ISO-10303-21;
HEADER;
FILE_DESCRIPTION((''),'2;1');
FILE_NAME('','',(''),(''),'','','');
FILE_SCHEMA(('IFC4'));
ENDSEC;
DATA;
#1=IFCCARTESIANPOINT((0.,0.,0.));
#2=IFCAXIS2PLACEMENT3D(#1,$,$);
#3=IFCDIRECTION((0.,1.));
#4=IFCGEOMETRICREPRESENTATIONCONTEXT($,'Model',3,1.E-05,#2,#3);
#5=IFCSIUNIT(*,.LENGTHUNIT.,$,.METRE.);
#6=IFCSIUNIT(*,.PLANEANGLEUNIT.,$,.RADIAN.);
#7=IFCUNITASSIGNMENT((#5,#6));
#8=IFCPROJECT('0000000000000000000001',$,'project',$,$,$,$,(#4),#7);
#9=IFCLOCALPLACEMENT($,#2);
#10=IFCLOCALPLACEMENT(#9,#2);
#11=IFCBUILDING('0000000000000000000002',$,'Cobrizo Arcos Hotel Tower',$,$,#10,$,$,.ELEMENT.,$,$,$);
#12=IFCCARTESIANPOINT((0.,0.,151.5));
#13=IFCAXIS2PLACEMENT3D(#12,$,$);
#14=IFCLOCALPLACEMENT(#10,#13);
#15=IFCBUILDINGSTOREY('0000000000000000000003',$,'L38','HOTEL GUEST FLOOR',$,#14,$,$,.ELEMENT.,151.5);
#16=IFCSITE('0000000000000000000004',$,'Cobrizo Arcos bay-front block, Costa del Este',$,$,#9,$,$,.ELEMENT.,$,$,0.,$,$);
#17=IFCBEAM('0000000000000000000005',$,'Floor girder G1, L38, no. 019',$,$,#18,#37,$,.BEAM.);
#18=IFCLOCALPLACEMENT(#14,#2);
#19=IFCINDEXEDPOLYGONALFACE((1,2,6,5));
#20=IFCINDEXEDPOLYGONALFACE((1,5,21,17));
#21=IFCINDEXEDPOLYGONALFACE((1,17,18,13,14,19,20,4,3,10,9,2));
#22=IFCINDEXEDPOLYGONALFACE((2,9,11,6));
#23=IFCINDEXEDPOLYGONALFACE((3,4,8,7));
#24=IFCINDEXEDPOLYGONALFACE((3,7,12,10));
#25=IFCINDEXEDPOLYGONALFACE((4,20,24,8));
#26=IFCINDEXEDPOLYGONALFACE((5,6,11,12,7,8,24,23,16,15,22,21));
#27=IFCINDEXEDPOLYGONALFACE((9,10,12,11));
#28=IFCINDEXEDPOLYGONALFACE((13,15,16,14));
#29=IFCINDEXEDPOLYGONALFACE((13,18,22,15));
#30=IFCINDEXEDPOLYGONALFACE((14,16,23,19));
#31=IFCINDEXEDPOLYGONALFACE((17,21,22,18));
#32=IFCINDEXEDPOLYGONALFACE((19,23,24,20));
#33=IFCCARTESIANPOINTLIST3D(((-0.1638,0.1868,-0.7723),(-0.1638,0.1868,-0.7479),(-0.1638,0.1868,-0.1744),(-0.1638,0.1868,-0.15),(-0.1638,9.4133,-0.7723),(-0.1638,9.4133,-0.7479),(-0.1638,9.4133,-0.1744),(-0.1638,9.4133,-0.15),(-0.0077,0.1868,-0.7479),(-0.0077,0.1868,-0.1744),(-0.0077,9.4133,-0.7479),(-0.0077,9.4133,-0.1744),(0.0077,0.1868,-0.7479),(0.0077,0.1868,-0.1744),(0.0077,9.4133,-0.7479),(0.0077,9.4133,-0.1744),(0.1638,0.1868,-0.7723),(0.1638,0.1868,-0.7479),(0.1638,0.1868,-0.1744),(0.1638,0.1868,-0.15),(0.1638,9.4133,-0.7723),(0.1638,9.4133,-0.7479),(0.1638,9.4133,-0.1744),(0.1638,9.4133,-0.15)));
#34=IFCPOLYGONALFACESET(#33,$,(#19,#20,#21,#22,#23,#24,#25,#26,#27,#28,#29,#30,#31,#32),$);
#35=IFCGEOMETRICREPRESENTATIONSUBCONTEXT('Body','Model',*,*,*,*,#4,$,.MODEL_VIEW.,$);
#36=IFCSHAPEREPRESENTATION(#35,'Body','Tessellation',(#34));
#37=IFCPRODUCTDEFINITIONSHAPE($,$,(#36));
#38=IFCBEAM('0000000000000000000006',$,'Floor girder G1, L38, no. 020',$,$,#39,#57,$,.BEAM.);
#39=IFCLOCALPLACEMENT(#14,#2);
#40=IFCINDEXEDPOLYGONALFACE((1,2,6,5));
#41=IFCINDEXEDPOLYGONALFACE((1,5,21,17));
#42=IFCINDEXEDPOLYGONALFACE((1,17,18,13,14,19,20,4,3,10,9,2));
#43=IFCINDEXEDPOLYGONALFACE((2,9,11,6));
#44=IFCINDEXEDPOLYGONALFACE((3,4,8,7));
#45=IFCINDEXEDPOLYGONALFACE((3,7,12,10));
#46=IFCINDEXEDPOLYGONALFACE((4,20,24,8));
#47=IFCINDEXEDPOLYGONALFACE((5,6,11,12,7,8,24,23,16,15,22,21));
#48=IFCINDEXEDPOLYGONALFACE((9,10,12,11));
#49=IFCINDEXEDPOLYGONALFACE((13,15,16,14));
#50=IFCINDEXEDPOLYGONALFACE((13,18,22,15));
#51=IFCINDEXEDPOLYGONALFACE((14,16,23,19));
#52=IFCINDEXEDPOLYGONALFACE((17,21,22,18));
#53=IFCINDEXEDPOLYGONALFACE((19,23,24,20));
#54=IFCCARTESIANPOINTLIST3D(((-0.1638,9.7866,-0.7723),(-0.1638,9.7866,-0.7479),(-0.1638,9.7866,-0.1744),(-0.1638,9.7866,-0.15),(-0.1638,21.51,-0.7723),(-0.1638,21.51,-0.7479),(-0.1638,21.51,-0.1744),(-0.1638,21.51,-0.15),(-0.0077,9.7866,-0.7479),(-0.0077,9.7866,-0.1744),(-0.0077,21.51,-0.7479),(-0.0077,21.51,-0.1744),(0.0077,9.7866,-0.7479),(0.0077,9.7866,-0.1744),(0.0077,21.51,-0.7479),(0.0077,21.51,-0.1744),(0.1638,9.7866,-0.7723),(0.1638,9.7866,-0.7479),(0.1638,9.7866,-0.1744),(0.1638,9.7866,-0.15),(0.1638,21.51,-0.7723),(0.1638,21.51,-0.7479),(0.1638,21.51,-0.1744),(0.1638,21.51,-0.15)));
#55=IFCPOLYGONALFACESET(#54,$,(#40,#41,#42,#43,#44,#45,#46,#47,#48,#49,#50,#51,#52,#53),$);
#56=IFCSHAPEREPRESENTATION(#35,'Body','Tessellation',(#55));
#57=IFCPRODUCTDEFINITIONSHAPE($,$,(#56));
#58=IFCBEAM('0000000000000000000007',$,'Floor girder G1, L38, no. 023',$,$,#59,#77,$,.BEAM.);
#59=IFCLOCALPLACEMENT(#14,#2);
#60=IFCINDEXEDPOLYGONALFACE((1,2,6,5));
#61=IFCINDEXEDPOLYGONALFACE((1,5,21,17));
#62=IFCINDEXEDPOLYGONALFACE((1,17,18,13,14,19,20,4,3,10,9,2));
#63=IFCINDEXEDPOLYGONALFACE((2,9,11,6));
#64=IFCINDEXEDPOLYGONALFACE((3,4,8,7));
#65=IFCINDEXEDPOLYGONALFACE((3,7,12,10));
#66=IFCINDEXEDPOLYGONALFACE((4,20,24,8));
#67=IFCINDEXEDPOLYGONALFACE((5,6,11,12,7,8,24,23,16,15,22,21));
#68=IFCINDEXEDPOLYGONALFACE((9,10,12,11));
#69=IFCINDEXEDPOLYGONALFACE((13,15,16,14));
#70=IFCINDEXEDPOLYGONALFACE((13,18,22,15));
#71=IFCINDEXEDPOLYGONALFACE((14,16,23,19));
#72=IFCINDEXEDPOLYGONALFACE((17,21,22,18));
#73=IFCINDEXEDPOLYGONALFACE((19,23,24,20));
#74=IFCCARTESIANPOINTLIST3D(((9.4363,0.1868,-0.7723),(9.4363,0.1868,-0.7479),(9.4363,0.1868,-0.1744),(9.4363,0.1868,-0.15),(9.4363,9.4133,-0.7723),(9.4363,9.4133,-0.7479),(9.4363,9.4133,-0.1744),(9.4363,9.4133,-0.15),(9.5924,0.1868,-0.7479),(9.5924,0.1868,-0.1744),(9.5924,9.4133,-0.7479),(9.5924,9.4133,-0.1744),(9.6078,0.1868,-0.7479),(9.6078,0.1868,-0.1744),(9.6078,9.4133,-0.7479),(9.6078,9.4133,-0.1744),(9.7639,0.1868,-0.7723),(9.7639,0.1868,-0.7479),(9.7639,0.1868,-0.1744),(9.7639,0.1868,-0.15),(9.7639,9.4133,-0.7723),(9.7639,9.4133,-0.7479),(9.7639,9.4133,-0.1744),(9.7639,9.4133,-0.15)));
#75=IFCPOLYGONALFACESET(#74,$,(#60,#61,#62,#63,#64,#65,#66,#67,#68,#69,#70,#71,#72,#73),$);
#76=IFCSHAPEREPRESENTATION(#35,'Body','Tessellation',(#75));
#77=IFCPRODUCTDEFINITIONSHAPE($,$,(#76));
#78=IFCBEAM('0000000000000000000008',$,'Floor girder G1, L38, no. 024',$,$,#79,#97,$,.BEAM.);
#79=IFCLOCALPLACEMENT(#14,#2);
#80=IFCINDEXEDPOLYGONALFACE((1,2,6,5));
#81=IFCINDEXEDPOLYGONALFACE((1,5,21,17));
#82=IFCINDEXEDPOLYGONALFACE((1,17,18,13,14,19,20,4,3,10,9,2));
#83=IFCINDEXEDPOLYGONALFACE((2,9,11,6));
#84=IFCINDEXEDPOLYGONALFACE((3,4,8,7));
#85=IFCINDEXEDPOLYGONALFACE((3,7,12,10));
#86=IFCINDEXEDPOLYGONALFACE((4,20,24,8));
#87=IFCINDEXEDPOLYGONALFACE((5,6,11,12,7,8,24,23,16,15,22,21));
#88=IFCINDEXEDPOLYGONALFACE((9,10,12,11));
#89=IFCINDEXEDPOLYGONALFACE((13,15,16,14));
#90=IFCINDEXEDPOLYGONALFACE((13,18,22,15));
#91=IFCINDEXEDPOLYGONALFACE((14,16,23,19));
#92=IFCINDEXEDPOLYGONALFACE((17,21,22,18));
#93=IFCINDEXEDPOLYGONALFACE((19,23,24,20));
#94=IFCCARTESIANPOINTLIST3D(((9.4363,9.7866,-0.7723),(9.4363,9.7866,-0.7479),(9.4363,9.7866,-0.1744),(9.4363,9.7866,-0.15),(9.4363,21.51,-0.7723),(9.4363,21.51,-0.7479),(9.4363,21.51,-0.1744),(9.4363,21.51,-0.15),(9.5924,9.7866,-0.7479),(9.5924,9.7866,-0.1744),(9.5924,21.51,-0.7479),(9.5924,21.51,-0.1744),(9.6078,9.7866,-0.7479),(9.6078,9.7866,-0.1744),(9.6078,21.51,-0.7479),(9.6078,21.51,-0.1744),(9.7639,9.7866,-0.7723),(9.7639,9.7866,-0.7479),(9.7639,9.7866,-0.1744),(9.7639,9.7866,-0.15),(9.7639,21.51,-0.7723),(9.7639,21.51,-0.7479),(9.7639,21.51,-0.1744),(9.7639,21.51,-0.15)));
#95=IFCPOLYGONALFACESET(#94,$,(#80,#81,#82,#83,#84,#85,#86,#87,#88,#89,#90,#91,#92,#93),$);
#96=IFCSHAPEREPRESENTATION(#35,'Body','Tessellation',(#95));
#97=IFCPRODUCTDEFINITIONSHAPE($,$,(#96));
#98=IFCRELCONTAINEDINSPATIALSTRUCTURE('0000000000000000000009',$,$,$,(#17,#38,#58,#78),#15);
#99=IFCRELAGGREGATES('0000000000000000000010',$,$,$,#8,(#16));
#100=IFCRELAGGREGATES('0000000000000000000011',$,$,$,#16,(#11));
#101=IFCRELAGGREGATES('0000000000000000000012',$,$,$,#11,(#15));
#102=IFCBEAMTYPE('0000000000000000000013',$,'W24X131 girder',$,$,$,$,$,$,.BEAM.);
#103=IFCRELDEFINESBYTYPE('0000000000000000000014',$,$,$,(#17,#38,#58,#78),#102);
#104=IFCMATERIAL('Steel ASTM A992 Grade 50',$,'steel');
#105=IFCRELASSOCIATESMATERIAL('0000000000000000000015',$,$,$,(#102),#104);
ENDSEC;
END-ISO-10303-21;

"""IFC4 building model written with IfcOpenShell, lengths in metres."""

from ifc_helpers import new_model, si_unit, direction, frame, origin, origin_2d, place, context, subcontext, project, spatial, i_section, extrude, material, material_profile, profile_set, type_object, element, save


model = new_model("IFC4")

# Units and contexts
model_context = context("Model", 3, precision=1e-05, world=origin(), true_north=direction((0.0, 1.0)))
body_context = subcontext(model_context, "Body", "Model", "MODEL_VIEW")
ifc_project = project(units=[si_unit("LENGTHUNIT", "METRE"), si_unit("PLANEANGLEUNIT", "RADIAN")], contexts=[model_context])

# Site, building, storey
site_placement = place(None, origin())
site = spatial("IfcSite", under=ifc_project, at=site_placement, Name="Cobrizo Arcos bay-front block, Costa del Este", CompositionType="ELEMENT", RefElevation=0.0)
building_placement = place(site_placement, origin())
building = spatial("IfcBuilding", under=site, at=building_placement, Name="Cobrizo Arcos Hotel Tower", CompositionType="ELEMENT")
storey_placement = place(building_placement, frame((0.0, 0.0, 151.5)))
storey = spatial("IfcBuildingStorey", under=building, at=storey_placement, Name="L38", Description="HOTEL GUEST FLOOR", CompositionType="ELEMENT", Elevation=151.5)

# Shared definitions
ifc_material_1 = material(Name="Steel ASTM A992 Grade 50", Category="steel")

# Beams
ifc_material_profile_1 = material_profile(ifc_material_1, i_section(OverallWidth=0.3276, OverallDepth=0.6223, WebThickness=0.0154, FlangeThickness=0.0244, at=origin_2d()), Name="W24X131")
ifc_profile_set_1 = profile_set([ifc_material_profile_1], Name="Steel ASTM A992 Grade 50")
beam_type_1 = type_object("IfcBeamType", Name="W24X131 girder", PredefinedType="BEAM", material=ifc_profile_set_1)
beam_1_placement = place(storey_placement, frame((0.0, 0.1868, -0.4612), z_axis=(0.0, 1.0, 0.0), x_axis=(-1.0, 0.0, 0.0)))
element("IfcBeam", 1, at=beam_1_placement, inside=storey, type_object=beam_type_1, Name="Floor girder G1, L38, no. 019", PredefinedType="BEAM", context=body_context, shape_type="SweptSolid", body=[
    extrude(i_section(OverallWidth=0.3276, OverallDepth=0.6223, WebThickness=0.0154, FlangeThickness=0.0244, at=origin_2d()), origin(), (0.0, 0.0, 1.0), 9.2266),
])
beam_2_placement = place(storey_placement, frame((0.0, 9.7866, -0.4612), z_axis=(0.0, 1.0, 0.0), x_axis=(-1.0, 0.0, 0.0)))
element("IfcBeam", 2, at=beam_2_placement, inside=storey, type_object=beam_type_1, Name="Floor girder G1, L38, no. 020", PredefinedType="BEAM", context=body_context, shape_type="SweptSolid", body=[
    extrude(i_section(OverallWidth=0.3276, OverallDepth=0.6223, WebThickness=0.0154, FlangeThickness=0.0244, at=origin_2d()), origin(), (0.0, 0.0, 1.0), 11.7234),
])
beam_3_placement = place(storey_placement, frame((9.6001, 0.1868, -0.4612), z_axis=(0.0, 1.0, 0.0), x_axis=(-1.0, 0.0, 0.0)))
element("IfcBeam", 3, at=beam_3_placement, inside=storey, type_object=beam_type_1, Name="Floor girder G1, L38, no. 023", PredefinedType="BEAM", context=body_context, shape_type="SweptSolid", body=[
    extrude(i_section(OverallWidth=0.3276, OverallDepth=0.6223, WebThickness=0.0154, FlangeThickness=0.0244, at=origin_2d()), origin(), (0.0, 0.0, 1.0), 9.2266),
])
beam_4_placement = place(storey_placement, frame((9.6001, 9.7866, -0.4612), z_axis=(0.0, 1.0, 0.0), x_axis=(-1.0, 0.0, 0.0)))
element("IfcBeam", 4, at=beam_4_placement, inside=storey, type_object=beam_type_1, Name="Floor girder G1, L38, no. 024", PredefinedType="BEAM", context=body_context, shape_type="SweptSolid", body=[
    extrude(i_section(OverallWidth=0.3276, OverallDepth=0.6223, WebThickness=0.0154, FlangeThickness=0.0244, at=origin_2d()), origin(), (0.0, 0.0, 1.0), 11.7234),
])

save(model, "model.ifc")
